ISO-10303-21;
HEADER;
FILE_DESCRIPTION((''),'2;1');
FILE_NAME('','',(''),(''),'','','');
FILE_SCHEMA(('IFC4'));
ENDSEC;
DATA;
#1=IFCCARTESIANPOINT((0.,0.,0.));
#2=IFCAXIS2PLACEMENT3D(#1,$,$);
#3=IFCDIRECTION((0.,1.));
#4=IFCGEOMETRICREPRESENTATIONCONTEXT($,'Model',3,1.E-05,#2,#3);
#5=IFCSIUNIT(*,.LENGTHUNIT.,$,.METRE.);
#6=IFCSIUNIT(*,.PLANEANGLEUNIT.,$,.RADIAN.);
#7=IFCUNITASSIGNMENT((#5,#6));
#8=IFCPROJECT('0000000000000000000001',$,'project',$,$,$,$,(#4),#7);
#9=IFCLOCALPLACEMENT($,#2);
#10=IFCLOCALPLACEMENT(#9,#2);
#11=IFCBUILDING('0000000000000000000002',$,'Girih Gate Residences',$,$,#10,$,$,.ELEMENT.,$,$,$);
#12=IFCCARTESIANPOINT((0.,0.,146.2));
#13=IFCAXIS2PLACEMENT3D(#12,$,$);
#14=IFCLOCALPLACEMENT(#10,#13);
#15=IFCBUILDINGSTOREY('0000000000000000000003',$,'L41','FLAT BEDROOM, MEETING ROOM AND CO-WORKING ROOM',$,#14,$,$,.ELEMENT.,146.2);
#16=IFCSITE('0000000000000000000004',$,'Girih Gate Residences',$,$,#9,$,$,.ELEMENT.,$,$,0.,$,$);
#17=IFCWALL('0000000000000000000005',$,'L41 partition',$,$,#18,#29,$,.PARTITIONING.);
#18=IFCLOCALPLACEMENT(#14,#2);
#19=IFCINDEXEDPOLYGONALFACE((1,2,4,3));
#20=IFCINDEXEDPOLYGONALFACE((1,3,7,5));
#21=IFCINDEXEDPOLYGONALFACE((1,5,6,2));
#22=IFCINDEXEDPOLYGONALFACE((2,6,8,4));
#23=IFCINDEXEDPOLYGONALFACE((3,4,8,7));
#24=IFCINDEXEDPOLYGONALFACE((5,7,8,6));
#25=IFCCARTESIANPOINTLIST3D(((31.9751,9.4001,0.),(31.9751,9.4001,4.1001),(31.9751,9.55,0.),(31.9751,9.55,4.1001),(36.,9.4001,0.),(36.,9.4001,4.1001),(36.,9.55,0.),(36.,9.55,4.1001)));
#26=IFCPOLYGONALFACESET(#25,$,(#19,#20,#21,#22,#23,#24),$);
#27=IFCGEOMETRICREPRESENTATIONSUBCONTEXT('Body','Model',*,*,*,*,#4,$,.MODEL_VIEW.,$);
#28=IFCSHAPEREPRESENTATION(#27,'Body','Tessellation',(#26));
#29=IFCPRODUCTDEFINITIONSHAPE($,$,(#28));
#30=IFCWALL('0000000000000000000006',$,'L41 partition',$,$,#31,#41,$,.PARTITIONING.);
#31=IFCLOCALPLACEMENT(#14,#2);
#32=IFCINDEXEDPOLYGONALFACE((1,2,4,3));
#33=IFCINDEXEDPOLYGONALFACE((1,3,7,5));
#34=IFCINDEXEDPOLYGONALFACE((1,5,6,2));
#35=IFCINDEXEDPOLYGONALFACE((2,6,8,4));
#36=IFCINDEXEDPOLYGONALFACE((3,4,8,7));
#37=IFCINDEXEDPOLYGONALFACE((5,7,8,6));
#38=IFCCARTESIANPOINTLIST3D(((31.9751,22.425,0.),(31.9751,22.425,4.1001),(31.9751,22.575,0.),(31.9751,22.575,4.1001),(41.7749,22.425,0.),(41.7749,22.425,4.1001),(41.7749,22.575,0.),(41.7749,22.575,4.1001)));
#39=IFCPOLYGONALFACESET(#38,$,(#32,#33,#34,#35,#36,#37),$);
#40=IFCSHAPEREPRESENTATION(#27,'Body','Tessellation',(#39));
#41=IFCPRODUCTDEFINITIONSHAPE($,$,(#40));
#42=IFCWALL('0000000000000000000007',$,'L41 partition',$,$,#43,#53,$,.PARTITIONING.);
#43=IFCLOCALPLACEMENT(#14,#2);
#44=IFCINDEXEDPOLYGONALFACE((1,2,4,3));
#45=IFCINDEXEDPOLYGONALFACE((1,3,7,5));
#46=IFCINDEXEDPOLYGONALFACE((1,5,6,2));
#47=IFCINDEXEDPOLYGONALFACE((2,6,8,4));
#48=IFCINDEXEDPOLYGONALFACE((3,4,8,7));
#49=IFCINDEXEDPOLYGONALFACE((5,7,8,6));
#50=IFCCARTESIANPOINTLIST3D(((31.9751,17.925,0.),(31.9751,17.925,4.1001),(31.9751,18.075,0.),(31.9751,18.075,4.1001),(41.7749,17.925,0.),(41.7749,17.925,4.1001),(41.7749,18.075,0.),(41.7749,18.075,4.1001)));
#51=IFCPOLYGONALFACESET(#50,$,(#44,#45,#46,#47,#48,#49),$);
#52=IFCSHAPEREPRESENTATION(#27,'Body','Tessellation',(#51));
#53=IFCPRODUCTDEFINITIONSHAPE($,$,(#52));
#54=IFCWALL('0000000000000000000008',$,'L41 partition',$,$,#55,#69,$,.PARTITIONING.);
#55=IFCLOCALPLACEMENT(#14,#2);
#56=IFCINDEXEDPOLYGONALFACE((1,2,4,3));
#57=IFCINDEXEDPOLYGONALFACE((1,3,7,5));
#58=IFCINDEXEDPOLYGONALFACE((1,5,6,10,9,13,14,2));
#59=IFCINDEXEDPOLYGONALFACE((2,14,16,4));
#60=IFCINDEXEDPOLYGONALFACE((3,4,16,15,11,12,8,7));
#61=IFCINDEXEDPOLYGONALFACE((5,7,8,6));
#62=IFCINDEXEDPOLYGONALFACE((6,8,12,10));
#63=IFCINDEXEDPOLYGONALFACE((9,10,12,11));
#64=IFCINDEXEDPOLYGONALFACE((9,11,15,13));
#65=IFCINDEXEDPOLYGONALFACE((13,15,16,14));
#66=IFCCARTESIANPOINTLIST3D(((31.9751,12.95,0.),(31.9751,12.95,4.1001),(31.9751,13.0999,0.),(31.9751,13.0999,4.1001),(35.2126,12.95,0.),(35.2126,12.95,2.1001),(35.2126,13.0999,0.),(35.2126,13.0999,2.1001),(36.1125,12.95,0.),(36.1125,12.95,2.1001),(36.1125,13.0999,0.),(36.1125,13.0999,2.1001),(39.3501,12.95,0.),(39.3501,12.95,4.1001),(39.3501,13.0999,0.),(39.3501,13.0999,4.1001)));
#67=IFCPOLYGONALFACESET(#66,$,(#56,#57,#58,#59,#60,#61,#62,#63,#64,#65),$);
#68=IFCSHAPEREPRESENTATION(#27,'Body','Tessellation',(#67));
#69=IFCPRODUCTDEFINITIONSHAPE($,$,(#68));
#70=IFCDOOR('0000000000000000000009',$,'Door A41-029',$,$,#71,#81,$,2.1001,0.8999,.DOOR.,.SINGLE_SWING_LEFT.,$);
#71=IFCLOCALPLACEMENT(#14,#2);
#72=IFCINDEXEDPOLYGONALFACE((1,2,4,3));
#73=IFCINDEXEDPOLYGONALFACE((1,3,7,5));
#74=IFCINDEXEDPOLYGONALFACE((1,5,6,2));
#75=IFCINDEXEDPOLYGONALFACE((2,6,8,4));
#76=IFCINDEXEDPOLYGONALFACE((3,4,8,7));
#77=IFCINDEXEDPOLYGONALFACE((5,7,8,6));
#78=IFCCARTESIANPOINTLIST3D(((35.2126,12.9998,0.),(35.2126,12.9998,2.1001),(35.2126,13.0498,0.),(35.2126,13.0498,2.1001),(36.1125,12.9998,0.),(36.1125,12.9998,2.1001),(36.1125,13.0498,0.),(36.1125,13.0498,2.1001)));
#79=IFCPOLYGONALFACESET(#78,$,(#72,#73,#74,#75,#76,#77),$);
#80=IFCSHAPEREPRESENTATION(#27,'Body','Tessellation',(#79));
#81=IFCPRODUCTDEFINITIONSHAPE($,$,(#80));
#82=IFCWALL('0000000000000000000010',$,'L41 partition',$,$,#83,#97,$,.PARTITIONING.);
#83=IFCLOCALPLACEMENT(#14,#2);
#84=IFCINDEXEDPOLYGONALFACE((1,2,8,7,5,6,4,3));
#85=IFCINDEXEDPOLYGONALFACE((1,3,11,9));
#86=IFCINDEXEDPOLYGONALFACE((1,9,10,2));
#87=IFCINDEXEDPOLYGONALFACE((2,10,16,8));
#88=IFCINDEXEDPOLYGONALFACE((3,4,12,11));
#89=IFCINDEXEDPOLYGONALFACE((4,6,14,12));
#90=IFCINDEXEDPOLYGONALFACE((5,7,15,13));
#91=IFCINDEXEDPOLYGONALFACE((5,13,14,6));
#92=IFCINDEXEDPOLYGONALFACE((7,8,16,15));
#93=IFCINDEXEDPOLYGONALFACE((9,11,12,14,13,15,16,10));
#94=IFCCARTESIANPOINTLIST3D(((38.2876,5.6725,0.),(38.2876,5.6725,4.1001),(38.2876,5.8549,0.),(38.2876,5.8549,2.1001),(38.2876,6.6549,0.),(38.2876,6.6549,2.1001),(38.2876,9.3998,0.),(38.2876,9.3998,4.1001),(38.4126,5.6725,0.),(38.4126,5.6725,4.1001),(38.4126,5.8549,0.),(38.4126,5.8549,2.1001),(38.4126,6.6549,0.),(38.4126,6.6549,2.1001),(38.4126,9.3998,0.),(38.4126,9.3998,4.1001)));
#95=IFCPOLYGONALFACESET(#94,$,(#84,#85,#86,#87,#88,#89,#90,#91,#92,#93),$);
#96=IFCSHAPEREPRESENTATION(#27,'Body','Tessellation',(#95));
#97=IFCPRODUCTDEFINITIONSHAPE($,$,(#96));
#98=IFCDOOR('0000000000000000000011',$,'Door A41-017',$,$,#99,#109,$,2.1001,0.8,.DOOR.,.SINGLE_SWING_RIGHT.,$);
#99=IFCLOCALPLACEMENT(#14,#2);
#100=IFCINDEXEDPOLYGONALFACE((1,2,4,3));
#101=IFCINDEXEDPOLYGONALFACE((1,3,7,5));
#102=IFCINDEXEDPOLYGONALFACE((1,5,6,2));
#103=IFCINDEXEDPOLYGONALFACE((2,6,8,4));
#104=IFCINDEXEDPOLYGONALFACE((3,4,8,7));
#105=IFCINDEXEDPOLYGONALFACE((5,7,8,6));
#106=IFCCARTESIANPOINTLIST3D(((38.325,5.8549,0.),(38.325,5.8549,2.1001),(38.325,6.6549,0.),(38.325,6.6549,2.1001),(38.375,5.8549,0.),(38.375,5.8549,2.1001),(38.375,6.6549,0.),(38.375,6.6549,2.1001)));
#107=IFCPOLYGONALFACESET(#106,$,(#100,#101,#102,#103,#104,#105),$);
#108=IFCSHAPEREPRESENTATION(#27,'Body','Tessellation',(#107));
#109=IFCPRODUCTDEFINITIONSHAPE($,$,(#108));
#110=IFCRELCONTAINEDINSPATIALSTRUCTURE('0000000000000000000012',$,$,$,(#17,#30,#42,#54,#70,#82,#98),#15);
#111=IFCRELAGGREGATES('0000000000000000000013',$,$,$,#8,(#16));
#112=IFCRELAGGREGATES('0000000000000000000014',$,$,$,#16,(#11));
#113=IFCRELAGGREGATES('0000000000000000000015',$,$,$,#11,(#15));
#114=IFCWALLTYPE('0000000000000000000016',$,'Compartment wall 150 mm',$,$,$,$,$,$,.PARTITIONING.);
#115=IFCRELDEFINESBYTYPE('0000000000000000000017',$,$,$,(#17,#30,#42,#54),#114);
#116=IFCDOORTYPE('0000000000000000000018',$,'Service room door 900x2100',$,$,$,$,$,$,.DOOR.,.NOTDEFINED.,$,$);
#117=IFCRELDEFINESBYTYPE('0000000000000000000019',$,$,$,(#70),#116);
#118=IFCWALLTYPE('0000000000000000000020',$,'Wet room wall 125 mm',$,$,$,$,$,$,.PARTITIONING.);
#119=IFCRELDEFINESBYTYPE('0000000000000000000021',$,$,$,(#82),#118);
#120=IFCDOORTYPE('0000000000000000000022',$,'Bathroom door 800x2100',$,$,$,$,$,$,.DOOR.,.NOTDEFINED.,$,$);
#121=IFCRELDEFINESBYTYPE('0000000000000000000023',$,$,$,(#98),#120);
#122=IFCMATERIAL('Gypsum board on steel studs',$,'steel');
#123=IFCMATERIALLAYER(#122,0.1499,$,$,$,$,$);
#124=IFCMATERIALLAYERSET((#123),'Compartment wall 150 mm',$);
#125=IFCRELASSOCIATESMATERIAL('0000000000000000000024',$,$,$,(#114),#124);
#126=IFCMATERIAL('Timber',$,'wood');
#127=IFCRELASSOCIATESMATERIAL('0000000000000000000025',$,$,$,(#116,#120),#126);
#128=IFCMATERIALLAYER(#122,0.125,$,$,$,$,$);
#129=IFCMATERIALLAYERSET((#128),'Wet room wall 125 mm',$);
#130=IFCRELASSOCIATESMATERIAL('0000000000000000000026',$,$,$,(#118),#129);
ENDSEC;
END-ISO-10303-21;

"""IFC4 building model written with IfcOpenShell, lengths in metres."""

from ifc_helpers import new_model, si_unit, direction, frame, frame_2d, origin, place, context, subcontext, project, spatial, rectangle, extrude, material, layer, layer_set, type_object, element, fill, save


model = new_model("IFC4")

# Units and contexts
model_context = context("Model", 3, precision=1e-05, world=origin(), true_north=direction((0.0, 1.0)))
body_context = subcontext(model_context, "Body", "Model", "MODEL_VIEW")
ifc_project = project(units=[si_unit("LENGTHUNIT", "METRE"), si_unit("PLANEANGLEUNIT", "RADIAN")], contexts=[model_context])

# Site, building, storey
site_placement = place(None, origin())
site = spatial("IfcSite", under=ifc_project, at=site_placement, Name="Girih Gate Residences", CompositionType="ELEMENT", RefElevation=0.0)
building_placement = place(site_placement, origin())
building = spatial("IfcBuilding", under=site, at=building_placement, Name="Girih Gate Residences", CompositionType="ELEMENT")
storey_placement = place(building_placement, frame((0.0, 0.0, 146.2)))
storey = spatial("IfcBuildingStorey", under=building, at=storey_placement, Name="L41", Description="FLAT BEDROOM, MEETING ROOM AND CO-WORKING ROOM", CompositionType="ELEMENT", Elevation=146.2)

# Shared definitions
ifc_material_1 = material(Name="Gypsum board on steel studs", Category="steel")
ifc_layer_1 = layer(ifc_material_1, 0.1499)
ifc_layer_set_1 = layer_set([ifc_layer_1], Name="Compartment wall 150 mm")
wall_type_1 = type_object("IfcWallType", Name="Compartment wall 150 mm", PredefinedType="PARTITIONING", material=ifc_layer_set_1)

# Walls
wall_1_placement = place(storey_placement, frame((31.9751, 9.4751, 0.0), z_axis=(0.0, 0.0, 1.0), x_axis=(1.0, 0.0, 0.0)))
element("IfcWall", 1, at=wall_1_placement, inside=storey, type_object=wall_type_1, Name="L41 partition", PredefinedType="PARTITIONING", context=body_context, shape_type="SweptSolid", body=[
    extrude(rectangle(XDim=4.0249, YDim=0.1499, at=frame_2d((2.0125, 0.0))), origin(), (0.0, 0.0, 1.0), 4.1001),
])
for number, where, z_axis, x_axis, name in (
    (2, (31.9751, 22.5, 0.0), (0.0, 0.0, 1.0), (1.0, 0.0, 0.0), "L41 partition"),
    (3, (31.9751, 18.0, 0.0), (0.0, 0.0, 1.0), (1.0, 0.0, 0.0), "L41 partition"),
):
    element("IfcWall", number, at=place(storey_placement, frame(where, z_axis=z_axis, x_axis=x_axis)), inside=storey, type_object=wall_type_1, Name=name, PredefinedType="PARTITIONING", context=body_context, shape_type="SweptSolid", body=[
        extrude(rectangle(XDim=9.7998, YDim=0.1499, at=frame_2d((4.8999, 0.0))), origin(), (0.0, 0.0, 1.0), 4.1001),
    ])

# Walls, openings, doors
wall_2_placement = place(storey_placement, frame((31.9751, 13.0249, 0.0), z_axis=(0.0, 0.0, 1.0), x_axis=(1.0, 0.0, 0.0)))
wall_2 = element("IfcWall", 4, at=wall_2_placement, inside=storey, type_object=wall_type_1, Name="L41 partition", PredefinedType="PARTITIONING", context=body_context, shape_type="SweptSolid", body=[
    extrude(rectangle(XDim=7.375, YDim=0.1499, at=frame_2d((3.6875, 0.0))), origin(), (0.0, 0.0, 1.0), 4.1001),
])
opening_1_placement = place(wall_2_placement, frame((3.2375, 0.0, 0.0)))
opening_1 = element("IfcOpeningElement", 5, at=opening_1_placement, cuts=wall_2, PredefinedType="OPENING", context=body_context, shape_type="SweptSolid", body=[
    extrude(rectangle(XDim=0.8999, YDim=2.1001, at=frame_2d((0.45, 1.05))), frame((0.0, 0.085, 0.0), z_axis=(0.0, -1.0, 0.0), x_axis=(1.0, 0.0, 0.0)), (0.0, 0.0, 1.0), 0.1699),
])
ifc_material_2 = material(Name="Timber", Category="wood")
door_type_1 = type_object("IfcDoorType", Name="Service room door 900x2100", OperationType="NOTDEFINED", PredefinedType="DOOR", material=ifc_material_2)
door_1_placement = place(opening_1_placement, origin())
door_1 = element("IfcDoor", 6, at=door_1_placement, inside=storey, type_object=door_type_1, Name="Door A41-029", OperationType="SINGLE_SWING_LEFT", OverallHeight=2.1001, OverallWidth=0.8999, PredefinedType="DOOR", context=body_context, shape_type="SweptSolid", body=[
    extrude(rectangle(XDim=0.8999, YDim=2.1001, at=frame_2d((0.45, 1.05))), frame((0.0, 0.0249, 0.0), z_axis=(0.0, -1.0, 0.0), x_axis=(1.0, 0.0, 0.0)), (0.0, 0.0, 1.0), 0.05),
])
fill(opening_1, door_1)
ifc_layer_2 = layer(ifc_material_1, 0.125)
ifc_layer_set_2 = layer_set([ifc_layer_2], Name="Wet room wall 125 mm")
wall_type_2 = type_object("IfcWallType", Name="Wet room wall 125 mm", PredefinedType="PARTITIONING", material=ifc_layer_set_2)
wall_3_placement = place(storey_placement, frame((38.3501, 9.3999, 0.0), z_axis=(0.0, 0.0, 1.0), x_axis=(0.0, -1.0, 0.0)))
wall_3 = element("IfcWall", 7, at=wall_3_placement, inside=storey, type_object=wall_type_2, Name="L41 partition", PredefinedType="PARTITIONING", context=body_context, shape_type="SweptSolid", body=[
    extrude(rectangle(XDim=3.7273, YDim=0.125, at=frame_2d((1.8638, 0.0))), origin(), (0.0, 0.0, 1.0), 4.1001),
])
opening_2_placement = place(wall_3_placement, frame((2.7451, 0.0, 0.0)))
opening_2 = element("IfcOpeningElement", 8, at=opening_2_placement, cuts=wall_3, PredefinedType="OPENING", context=body_context, shape_type="SweptSolid", body=[
    extrude(rectangle(XDim=0.8, YDim=2.1001, at=frame_2d((0.3999, 1.05))), frame((0.0, 0.0725, 0.0), z_axis=(0.0, -1.0, 0.0), x_axis=(1.0, 0.0, 0.0)), (0.0, 0.0, 1.0), 0.145),
])
door_type_2 = type_object("IfcDoorType", Name="Bathroom door 800x2100", OperationType="NOTDEFINED", PredefinedType="DOOR", material=ifc_material_2)
door_2_placement = place(opening_2_placement, origin())
door_2 = element("IfcDoor", 9, at=door_2_placement, inside=storey, type_object=door_type_2, Name="Door A41-017", OperationType="SINGLE_SWING_RIGHT", OverallHeight=2.1001, OverallWidth=0.8, PredefinedType="DOOR", context=body_context, shape_type="SweptSolid", body=[
    extrude(rectangle(XDim=0.8, YDim=2.1001, at=frame_2d((0.3999, 1.05))), frame((0.0, 0.0249, 0.0), z_axis=(0.0, -1.0, 0.0), x_axis=(1.0, 0.0, 0.0)), (0.0, 0.0, 1.0), 0.05),
])
fill(opening_2, door_2)

save(model, "model.ifc")
